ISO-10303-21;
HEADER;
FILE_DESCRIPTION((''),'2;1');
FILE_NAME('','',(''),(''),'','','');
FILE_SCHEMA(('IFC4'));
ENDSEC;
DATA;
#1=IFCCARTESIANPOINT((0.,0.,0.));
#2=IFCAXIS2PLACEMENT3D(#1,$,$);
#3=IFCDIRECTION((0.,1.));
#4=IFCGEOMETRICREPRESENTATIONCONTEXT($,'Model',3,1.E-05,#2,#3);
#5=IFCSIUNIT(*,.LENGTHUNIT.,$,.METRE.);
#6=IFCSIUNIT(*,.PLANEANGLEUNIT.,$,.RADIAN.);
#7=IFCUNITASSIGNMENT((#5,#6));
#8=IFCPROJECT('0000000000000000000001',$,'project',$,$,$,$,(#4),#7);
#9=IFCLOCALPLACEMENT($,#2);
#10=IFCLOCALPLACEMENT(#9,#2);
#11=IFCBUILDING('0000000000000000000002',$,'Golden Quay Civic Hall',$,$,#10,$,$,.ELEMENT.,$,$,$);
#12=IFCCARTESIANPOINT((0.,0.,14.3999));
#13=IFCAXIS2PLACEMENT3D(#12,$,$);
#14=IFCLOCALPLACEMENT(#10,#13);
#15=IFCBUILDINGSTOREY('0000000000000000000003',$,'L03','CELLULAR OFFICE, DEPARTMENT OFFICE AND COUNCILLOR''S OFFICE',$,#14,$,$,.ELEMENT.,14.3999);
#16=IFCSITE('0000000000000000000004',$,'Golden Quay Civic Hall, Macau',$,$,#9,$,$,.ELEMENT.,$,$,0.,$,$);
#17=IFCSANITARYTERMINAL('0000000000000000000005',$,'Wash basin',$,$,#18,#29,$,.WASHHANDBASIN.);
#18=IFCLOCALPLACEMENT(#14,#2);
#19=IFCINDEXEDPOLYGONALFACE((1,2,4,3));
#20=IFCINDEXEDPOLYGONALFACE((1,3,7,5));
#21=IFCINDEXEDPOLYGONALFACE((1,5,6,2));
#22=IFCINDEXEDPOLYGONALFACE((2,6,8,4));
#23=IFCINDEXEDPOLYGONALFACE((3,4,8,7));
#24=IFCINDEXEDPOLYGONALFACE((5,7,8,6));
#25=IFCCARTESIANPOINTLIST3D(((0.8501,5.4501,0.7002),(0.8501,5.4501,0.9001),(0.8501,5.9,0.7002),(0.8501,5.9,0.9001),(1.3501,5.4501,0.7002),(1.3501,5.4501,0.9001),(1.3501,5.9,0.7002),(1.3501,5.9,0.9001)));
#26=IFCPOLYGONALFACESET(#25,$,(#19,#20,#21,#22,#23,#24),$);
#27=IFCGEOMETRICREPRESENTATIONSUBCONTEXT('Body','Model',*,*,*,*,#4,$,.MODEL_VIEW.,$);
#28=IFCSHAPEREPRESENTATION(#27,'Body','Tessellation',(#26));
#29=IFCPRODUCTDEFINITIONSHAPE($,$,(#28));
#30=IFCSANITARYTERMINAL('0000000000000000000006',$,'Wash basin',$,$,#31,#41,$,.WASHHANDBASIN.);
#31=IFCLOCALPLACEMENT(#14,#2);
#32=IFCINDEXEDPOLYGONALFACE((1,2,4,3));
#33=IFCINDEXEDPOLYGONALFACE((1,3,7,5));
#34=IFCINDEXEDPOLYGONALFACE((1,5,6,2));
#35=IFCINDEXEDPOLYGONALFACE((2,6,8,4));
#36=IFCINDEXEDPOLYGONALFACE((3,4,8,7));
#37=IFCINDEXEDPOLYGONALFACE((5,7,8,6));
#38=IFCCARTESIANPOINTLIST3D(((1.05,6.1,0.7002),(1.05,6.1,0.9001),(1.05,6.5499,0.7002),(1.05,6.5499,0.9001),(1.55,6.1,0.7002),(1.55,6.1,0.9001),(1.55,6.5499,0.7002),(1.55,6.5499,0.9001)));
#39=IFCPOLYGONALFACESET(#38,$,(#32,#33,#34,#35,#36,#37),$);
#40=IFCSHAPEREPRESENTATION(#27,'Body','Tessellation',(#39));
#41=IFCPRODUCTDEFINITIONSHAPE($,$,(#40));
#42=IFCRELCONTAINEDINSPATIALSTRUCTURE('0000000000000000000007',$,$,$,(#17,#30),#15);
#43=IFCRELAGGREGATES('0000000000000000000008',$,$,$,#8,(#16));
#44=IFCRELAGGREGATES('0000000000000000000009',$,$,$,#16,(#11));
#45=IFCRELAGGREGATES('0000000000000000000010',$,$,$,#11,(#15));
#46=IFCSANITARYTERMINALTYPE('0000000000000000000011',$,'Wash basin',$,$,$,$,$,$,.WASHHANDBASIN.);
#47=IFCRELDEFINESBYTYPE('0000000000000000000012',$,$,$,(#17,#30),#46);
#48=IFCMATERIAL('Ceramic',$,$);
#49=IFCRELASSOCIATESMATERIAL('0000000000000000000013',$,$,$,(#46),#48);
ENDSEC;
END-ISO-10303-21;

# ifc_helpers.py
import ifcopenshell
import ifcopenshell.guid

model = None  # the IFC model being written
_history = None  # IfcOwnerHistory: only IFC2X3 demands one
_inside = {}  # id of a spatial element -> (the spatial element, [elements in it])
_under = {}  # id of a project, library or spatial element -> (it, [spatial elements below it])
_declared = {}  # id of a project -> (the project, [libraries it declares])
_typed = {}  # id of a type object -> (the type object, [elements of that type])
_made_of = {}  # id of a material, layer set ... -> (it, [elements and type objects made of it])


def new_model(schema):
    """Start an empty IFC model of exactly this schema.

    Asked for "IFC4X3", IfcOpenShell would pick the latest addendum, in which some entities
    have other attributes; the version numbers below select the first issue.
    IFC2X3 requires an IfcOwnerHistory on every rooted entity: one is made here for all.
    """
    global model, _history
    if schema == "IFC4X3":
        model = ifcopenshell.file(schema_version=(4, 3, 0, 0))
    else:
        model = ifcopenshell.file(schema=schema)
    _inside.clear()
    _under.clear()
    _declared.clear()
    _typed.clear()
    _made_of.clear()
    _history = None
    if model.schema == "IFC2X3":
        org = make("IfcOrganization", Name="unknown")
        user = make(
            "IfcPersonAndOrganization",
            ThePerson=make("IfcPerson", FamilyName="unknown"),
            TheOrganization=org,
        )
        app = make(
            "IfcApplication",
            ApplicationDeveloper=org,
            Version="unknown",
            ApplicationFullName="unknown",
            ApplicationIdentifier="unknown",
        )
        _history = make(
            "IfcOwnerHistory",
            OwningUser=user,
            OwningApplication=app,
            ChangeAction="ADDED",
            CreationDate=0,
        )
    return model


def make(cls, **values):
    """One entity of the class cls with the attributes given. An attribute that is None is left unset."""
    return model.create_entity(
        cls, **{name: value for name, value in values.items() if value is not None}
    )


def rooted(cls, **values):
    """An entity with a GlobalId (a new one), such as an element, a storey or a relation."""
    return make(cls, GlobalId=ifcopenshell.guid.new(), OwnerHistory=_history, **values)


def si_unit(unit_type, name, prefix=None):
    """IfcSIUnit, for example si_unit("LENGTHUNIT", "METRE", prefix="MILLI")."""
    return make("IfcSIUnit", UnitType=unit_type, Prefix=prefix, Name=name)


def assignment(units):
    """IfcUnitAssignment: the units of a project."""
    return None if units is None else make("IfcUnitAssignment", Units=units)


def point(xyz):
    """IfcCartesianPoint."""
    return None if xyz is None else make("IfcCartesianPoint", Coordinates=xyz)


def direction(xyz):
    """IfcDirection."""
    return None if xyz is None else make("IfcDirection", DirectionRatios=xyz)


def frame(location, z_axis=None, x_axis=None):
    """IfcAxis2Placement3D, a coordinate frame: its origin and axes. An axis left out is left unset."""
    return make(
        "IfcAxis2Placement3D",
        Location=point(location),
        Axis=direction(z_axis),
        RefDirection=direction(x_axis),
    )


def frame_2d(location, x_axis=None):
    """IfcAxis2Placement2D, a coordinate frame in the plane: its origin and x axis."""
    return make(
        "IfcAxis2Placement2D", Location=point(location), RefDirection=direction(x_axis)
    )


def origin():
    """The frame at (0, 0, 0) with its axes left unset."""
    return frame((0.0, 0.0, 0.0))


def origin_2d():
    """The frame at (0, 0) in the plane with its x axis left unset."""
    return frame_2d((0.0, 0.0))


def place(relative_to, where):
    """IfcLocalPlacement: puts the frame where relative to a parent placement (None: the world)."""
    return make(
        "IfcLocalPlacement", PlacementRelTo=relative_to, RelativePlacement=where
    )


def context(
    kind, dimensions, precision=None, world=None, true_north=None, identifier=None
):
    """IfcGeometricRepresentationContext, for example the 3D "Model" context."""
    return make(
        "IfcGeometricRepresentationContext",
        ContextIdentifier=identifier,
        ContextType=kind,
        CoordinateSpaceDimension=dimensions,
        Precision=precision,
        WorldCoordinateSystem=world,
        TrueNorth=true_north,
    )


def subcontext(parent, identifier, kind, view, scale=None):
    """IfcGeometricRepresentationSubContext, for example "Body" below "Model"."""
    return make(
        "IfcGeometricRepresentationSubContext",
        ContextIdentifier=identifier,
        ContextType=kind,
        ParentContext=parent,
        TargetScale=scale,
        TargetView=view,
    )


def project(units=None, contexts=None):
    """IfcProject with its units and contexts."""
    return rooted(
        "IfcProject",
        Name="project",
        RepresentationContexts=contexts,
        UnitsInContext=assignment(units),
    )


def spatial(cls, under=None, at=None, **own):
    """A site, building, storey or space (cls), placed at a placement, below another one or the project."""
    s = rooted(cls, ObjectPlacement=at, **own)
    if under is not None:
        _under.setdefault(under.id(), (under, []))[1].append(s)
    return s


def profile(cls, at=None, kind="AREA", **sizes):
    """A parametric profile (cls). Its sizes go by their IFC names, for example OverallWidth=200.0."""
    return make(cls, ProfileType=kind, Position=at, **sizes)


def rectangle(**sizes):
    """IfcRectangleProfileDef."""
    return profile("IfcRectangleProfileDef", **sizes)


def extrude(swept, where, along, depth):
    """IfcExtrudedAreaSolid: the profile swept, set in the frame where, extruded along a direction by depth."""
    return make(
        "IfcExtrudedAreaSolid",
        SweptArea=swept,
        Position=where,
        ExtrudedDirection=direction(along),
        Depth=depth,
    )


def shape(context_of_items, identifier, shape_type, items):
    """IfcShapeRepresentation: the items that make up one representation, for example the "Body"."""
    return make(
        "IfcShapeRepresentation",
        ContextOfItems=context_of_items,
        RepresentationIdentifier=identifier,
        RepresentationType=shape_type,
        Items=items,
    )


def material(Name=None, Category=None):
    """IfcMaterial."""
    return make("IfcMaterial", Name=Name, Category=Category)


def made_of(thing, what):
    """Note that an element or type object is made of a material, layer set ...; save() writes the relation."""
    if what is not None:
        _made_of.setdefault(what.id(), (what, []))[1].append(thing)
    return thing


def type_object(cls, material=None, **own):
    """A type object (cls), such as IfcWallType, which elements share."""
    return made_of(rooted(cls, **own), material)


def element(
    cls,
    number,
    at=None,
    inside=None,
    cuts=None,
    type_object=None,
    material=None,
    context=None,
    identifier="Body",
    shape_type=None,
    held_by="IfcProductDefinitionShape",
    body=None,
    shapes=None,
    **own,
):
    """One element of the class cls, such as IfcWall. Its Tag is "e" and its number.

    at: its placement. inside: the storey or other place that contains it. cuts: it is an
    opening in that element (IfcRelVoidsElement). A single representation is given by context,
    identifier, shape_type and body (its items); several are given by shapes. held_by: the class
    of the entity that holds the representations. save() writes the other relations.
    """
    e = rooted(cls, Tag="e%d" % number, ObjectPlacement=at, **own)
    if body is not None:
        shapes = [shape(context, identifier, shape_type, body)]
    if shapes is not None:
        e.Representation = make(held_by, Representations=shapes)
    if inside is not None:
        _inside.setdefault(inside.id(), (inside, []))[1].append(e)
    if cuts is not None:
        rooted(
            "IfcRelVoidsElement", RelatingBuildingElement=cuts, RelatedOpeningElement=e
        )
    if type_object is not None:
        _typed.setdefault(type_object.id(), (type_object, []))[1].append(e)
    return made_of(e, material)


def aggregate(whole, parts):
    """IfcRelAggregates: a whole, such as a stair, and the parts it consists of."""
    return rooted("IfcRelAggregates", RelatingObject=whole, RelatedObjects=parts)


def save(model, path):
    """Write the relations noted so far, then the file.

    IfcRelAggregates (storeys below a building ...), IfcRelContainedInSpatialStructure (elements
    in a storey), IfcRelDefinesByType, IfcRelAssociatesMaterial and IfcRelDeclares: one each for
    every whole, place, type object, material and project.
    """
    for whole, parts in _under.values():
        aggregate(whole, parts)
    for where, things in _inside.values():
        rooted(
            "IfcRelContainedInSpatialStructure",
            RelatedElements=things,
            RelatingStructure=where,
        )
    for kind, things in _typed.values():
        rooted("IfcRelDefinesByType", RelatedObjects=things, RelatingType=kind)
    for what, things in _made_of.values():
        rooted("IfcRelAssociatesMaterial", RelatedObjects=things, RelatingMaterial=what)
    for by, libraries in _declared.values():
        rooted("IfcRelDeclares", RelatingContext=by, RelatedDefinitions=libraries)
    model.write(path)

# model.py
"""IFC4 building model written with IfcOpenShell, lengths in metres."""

from ifc_helpers import new_model, si_unit, direction, frame, origin, origin_2d, place, context, subcontext, project, spatial, rectangle, extrude, material, type_object, element, save


model = new_model("IFC4")

# Units and contexts
model_context = context("Model", 3, precision=1e-05, world=origin(), true_north=direction((0.0, 1.0)))
body_context = subcontext(model_context, "Body", "Model", "MODEL_VIEW")
ifc_project = project(units=[si_unit("LENGTHUNIT", "METRE"), si_unit("PLANEANGLEUNIT", "RADIAN")], contexts=[model_context])

# Site, building, storey
site_placement = place(None, origin())
site = spatial("IfcSite", under=ifc_project, at=site_placement, Name="Golden Quay Civic Hall, Macau", CompositionType="ELEMENT", RefElevation=0.0)
building_placement = place(site_placement, origin())
building = spatial("IfcBuilding", under=site, at=building_placement, Name="Golden Quay Civic Hall", CompositionType="ELEMENT")
storey_placement = place(building_placement, frame((0.0, 0.0, 14.3999)))
storey = spatial("IfcBuildingStorey", under=building, at=storey_placement, Name="L03", Description="CELLULAR OFFICE, DEPARTMENT OFFICE AND COUNCILLOR'S OFFICE", CompositionType="ELEMENT", Elevation=14.3999)

# Sanitary terminals
ifc_material_1 = material(Name="Ceramic")
sanitary_terminal_type_1 = type_object("IfcSanitaryTerminalType", Name="Wash basin", PredefinedType="WASHHANDBASIN", material=ifc_material_1)
for number, where, z_axis, x_axis, name in (
    (1, (1.1001, 5.675, 0.7002), (0.0, 0.0, 1.0), (1.0, 0.0, 0.0), "Wash basin"),
    (2, (1.3, 6.325, 0.7002), (0.0, 0.0, 1.0), (1.0, 0.0, 0.0), "Wash basin"),
):
    element("IfcSanitaryTerminal", number, at=place(storey_placement, frame(where, z_axis=z_axis, x_axis=x_axis)), inside=storey, type_object=sanitary_terminal_type_1, Name=name, PredefinedType="WASHHANDBASIN", context=body_context, shape_type="SweptSolid", body=[
        extrude(rectangle(XDim=0.5, YDim=0.45, at=origin_2d()), origin(), (0.0, 0.0, 1.0), 0.2),
    ])

save(model, "model.ifc")
